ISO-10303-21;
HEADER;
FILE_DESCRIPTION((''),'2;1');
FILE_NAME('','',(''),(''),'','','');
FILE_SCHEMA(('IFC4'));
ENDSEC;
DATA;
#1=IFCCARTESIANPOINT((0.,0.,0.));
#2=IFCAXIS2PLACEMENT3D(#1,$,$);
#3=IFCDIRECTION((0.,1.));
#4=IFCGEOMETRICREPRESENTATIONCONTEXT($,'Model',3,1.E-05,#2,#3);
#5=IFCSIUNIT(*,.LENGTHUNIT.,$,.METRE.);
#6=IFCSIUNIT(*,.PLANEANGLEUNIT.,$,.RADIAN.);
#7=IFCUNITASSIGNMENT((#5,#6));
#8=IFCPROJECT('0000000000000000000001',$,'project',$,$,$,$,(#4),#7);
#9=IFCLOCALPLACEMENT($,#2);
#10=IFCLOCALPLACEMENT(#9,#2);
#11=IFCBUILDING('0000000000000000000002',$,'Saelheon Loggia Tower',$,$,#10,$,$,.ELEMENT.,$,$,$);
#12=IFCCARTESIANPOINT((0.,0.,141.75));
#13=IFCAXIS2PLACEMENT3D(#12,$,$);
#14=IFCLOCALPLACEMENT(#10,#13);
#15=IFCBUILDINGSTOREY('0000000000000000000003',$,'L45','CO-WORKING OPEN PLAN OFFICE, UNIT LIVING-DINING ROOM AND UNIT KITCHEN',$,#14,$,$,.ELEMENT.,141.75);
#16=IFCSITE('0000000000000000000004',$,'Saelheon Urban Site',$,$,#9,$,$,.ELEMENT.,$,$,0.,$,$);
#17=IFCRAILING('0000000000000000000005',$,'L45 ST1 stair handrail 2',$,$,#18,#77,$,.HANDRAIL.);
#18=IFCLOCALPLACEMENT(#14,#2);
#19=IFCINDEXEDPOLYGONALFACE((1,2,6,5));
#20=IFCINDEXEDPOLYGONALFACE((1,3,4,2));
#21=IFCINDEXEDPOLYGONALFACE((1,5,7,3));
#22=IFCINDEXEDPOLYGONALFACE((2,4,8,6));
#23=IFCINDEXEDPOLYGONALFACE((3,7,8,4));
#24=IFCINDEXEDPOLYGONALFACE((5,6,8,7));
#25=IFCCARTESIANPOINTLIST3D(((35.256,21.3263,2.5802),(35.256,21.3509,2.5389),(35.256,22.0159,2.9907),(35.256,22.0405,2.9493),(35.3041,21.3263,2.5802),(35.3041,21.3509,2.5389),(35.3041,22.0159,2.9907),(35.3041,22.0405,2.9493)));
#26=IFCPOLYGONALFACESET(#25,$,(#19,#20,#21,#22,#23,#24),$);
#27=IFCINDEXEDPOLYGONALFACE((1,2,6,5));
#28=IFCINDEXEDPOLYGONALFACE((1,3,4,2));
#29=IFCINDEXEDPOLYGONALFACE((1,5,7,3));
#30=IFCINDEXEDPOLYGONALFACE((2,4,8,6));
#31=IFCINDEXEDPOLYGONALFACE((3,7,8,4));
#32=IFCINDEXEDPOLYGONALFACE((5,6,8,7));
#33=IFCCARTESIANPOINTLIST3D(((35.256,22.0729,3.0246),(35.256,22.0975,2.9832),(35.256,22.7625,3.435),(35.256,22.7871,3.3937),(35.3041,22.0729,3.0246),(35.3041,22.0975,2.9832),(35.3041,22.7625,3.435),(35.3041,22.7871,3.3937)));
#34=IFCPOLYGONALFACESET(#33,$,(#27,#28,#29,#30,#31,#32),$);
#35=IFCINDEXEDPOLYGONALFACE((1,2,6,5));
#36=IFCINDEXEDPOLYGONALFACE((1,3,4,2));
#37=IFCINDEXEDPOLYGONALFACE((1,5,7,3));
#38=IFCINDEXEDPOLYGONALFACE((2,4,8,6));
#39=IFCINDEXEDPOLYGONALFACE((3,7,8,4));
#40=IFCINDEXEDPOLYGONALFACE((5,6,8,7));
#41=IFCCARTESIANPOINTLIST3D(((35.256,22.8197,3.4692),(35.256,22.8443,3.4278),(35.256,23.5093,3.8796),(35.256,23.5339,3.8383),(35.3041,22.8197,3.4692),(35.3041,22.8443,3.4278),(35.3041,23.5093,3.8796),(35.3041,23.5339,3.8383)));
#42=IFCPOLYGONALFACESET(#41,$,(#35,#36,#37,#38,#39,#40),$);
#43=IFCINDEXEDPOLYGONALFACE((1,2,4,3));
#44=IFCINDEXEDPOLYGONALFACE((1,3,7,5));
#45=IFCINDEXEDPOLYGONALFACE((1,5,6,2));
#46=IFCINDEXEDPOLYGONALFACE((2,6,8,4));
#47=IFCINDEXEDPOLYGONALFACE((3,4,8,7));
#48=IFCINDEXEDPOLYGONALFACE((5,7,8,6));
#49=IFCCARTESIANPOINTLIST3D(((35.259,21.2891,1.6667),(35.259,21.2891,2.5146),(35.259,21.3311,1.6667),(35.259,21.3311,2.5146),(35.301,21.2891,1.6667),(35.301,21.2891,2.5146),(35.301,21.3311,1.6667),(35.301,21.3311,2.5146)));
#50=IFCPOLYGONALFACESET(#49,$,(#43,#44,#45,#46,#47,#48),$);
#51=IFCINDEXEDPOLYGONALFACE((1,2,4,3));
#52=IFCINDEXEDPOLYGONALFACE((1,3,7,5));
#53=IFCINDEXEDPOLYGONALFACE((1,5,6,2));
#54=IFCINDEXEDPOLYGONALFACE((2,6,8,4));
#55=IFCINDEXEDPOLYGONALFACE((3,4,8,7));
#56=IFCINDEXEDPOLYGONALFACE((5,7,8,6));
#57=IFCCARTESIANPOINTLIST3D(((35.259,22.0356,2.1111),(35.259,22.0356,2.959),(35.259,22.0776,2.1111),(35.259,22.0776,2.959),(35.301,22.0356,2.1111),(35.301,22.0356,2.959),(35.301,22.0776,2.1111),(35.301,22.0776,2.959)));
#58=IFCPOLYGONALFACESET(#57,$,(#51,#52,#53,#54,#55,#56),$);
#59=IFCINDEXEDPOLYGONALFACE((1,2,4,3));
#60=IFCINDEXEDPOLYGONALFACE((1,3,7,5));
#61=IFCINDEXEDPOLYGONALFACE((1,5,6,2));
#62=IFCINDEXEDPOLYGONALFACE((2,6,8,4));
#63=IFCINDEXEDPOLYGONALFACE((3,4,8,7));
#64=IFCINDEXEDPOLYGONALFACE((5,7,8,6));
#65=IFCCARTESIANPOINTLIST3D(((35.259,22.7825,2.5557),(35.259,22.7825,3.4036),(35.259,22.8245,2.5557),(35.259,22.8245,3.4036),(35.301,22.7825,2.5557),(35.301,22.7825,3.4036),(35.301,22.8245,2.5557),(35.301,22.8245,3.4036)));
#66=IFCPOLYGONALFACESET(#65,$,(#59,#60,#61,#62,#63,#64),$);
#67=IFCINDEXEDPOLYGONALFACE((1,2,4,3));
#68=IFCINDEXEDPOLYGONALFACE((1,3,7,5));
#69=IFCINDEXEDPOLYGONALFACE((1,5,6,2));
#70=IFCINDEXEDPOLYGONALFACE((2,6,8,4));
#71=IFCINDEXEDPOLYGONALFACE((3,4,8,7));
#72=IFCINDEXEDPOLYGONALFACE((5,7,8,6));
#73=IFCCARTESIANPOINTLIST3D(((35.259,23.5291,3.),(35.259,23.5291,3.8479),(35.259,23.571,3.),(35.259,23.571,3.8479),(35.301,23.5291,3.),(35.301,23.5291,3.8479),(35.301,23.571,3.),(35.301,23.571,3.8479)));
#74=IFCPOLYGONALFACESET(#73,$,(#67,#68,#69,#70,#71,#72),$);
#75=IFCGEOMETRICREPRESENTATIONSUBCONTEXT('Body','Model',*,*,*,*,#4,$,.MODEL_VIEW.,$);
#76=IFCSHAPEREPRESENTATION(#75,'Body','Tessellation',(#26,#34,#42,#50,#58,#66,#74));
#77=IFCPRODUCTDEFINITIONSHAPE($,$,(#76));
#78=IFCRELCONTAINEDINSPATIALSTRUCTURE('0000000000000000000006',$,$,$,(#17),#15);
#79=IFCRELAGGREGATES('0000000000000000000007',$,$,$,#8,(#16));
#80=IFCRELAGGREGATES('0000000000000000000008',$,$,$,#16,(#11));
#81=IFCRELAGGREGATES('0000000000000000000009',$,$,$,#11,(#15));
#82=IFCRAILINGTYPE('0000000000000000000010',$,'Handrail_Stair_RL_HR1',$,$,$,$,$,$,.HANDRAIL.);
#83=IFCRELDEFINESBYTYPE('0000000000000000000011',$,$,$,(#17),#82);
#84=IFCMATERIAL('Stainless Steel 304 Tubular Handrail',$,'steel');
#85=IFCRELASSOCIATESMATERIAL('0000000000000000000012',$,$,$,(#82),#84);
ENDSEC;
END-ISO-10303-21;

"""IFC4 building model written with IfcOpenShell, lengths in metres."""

from ifc_helpers import new_model, si_unit, direction, frame, origin, origin_2d, place, context, subcontext, project, spatial, rectangle, extrude, material, type_object, element, save


model = new_model("IFC4")

# Units and contexts
model_context = context("Model", 3, precision=1e-05, world=origin(), true_north=direction((0.0, 1.0)))
body_context = subcontext(model_context, "Body", "Model", "MODEL_VIEW")
ifc_project = project(units=[si_unit("LENGTHUNIT", "METRE"), si_unit("PLANEANGLEUNIT", "RADIAN")], contexts=[model_context])

# Site, building, storey
site_placement = place(None, origin())
site = spatial("IfcSite", under=ifc_project, at=site_placement, Name="Saelheon Urban Site", CompositionType="ELEMENT", RefElevation=0.0)
building_placement = place(site_placement, origin())
building = spatial("IfcBuilding", under=site, at=building_placement, Name="Saelheon Loggia Tower", CompositionType="ELEMENT")
storey_placement = place(building_placement, frame((0.0, 0.0, 141.75)))
storey = spatial("IfcBuildingStorey", under=building, at=storey_placement, Name="L45", Description="CO-WORKING OPEN PLAN OFFICE, UNIT LIVING-DINING ROOM AND UNIT KITCHEN", CompositionType="ELEMENT", Elevation=141.75)

# Railing
ifc_material_1 = material(Name="Stainless Steel 304 Tubular Handrail", Category="steel")
railing_type_1 = type_object("IfcRailingType", Name="Handrail_Stair_RL_HR1", PredefinedType="HANDRAIL", material=ifc_material_1)
railing_1_placement = place(storey_placement, frame((35.28, 21.3101, 1.6667)))
element("IfcRailing", 1, at=railing_1_placement, inside=storey, type_object=railing_type_1, Name="L45 ST1 stair handrail 2", PredefinedType="HANDRAIL", context=body_context, shape_type="SweptSolid", body=[
    extrude(rectangle(XDim=0.0481, YDim=0.0481, at=origin_2d()), frame((0.0, 0.0286, 0.8928), z_axis=(0.0, 0.859306, 0.511462), x_axis=(-1.0, 0.0, 0.0)), (0.0, 0.0, 1.0), 0.8025),
    extrude(rectangle(XDim=0.0481, YDim=0.0481, at=origin_2d()), frame((0.0, 0.7751, 1.3372), z_axis=(0.0, 0.859306, 0.511462), x_axis=(-1.0, 0.0, 0.0)), (0.0, 0.0, 1.0), 0.8025),
    extrude(rectangle(XDim=0.0481, YDim=0.0481, at=origin_2d()), frame((0.0, 1.522, 1.7817), z_axis=(0.0, 0.859306, 0.511462), x_axis=(-1.0, 0.0, 0.0)), (0.0, 0.0, 1.0), 0.8025),
    extrude(rectangle(XDim=0.042, YDim=0.042, at=origin_2d()), origin(), (0.0, 0.0, 1.0), 0.8479),
    extrude(rectangle(XDim=0.042, YDim=0.042, at=origin_2d()), frame((0.0, 0.7466, 0.4443)), (0.0, 0.0, 1.0), 0.8479),
    extrude(rectangle(XDim=0.042, YDim=0.042, at=origin_2d()), frame((0.0, 1.4934, 0.8889)), (0.0, 0.0, 1.0), 0.8479),
    extrude(rectangle(XDim=0.042, YDim=0.042, at=origin_2d()), frame((0.0, 2.24, 1.3333)), (0.0, 0.0, 1.0), 0.8479),
])

save(model, "model.ifc")
